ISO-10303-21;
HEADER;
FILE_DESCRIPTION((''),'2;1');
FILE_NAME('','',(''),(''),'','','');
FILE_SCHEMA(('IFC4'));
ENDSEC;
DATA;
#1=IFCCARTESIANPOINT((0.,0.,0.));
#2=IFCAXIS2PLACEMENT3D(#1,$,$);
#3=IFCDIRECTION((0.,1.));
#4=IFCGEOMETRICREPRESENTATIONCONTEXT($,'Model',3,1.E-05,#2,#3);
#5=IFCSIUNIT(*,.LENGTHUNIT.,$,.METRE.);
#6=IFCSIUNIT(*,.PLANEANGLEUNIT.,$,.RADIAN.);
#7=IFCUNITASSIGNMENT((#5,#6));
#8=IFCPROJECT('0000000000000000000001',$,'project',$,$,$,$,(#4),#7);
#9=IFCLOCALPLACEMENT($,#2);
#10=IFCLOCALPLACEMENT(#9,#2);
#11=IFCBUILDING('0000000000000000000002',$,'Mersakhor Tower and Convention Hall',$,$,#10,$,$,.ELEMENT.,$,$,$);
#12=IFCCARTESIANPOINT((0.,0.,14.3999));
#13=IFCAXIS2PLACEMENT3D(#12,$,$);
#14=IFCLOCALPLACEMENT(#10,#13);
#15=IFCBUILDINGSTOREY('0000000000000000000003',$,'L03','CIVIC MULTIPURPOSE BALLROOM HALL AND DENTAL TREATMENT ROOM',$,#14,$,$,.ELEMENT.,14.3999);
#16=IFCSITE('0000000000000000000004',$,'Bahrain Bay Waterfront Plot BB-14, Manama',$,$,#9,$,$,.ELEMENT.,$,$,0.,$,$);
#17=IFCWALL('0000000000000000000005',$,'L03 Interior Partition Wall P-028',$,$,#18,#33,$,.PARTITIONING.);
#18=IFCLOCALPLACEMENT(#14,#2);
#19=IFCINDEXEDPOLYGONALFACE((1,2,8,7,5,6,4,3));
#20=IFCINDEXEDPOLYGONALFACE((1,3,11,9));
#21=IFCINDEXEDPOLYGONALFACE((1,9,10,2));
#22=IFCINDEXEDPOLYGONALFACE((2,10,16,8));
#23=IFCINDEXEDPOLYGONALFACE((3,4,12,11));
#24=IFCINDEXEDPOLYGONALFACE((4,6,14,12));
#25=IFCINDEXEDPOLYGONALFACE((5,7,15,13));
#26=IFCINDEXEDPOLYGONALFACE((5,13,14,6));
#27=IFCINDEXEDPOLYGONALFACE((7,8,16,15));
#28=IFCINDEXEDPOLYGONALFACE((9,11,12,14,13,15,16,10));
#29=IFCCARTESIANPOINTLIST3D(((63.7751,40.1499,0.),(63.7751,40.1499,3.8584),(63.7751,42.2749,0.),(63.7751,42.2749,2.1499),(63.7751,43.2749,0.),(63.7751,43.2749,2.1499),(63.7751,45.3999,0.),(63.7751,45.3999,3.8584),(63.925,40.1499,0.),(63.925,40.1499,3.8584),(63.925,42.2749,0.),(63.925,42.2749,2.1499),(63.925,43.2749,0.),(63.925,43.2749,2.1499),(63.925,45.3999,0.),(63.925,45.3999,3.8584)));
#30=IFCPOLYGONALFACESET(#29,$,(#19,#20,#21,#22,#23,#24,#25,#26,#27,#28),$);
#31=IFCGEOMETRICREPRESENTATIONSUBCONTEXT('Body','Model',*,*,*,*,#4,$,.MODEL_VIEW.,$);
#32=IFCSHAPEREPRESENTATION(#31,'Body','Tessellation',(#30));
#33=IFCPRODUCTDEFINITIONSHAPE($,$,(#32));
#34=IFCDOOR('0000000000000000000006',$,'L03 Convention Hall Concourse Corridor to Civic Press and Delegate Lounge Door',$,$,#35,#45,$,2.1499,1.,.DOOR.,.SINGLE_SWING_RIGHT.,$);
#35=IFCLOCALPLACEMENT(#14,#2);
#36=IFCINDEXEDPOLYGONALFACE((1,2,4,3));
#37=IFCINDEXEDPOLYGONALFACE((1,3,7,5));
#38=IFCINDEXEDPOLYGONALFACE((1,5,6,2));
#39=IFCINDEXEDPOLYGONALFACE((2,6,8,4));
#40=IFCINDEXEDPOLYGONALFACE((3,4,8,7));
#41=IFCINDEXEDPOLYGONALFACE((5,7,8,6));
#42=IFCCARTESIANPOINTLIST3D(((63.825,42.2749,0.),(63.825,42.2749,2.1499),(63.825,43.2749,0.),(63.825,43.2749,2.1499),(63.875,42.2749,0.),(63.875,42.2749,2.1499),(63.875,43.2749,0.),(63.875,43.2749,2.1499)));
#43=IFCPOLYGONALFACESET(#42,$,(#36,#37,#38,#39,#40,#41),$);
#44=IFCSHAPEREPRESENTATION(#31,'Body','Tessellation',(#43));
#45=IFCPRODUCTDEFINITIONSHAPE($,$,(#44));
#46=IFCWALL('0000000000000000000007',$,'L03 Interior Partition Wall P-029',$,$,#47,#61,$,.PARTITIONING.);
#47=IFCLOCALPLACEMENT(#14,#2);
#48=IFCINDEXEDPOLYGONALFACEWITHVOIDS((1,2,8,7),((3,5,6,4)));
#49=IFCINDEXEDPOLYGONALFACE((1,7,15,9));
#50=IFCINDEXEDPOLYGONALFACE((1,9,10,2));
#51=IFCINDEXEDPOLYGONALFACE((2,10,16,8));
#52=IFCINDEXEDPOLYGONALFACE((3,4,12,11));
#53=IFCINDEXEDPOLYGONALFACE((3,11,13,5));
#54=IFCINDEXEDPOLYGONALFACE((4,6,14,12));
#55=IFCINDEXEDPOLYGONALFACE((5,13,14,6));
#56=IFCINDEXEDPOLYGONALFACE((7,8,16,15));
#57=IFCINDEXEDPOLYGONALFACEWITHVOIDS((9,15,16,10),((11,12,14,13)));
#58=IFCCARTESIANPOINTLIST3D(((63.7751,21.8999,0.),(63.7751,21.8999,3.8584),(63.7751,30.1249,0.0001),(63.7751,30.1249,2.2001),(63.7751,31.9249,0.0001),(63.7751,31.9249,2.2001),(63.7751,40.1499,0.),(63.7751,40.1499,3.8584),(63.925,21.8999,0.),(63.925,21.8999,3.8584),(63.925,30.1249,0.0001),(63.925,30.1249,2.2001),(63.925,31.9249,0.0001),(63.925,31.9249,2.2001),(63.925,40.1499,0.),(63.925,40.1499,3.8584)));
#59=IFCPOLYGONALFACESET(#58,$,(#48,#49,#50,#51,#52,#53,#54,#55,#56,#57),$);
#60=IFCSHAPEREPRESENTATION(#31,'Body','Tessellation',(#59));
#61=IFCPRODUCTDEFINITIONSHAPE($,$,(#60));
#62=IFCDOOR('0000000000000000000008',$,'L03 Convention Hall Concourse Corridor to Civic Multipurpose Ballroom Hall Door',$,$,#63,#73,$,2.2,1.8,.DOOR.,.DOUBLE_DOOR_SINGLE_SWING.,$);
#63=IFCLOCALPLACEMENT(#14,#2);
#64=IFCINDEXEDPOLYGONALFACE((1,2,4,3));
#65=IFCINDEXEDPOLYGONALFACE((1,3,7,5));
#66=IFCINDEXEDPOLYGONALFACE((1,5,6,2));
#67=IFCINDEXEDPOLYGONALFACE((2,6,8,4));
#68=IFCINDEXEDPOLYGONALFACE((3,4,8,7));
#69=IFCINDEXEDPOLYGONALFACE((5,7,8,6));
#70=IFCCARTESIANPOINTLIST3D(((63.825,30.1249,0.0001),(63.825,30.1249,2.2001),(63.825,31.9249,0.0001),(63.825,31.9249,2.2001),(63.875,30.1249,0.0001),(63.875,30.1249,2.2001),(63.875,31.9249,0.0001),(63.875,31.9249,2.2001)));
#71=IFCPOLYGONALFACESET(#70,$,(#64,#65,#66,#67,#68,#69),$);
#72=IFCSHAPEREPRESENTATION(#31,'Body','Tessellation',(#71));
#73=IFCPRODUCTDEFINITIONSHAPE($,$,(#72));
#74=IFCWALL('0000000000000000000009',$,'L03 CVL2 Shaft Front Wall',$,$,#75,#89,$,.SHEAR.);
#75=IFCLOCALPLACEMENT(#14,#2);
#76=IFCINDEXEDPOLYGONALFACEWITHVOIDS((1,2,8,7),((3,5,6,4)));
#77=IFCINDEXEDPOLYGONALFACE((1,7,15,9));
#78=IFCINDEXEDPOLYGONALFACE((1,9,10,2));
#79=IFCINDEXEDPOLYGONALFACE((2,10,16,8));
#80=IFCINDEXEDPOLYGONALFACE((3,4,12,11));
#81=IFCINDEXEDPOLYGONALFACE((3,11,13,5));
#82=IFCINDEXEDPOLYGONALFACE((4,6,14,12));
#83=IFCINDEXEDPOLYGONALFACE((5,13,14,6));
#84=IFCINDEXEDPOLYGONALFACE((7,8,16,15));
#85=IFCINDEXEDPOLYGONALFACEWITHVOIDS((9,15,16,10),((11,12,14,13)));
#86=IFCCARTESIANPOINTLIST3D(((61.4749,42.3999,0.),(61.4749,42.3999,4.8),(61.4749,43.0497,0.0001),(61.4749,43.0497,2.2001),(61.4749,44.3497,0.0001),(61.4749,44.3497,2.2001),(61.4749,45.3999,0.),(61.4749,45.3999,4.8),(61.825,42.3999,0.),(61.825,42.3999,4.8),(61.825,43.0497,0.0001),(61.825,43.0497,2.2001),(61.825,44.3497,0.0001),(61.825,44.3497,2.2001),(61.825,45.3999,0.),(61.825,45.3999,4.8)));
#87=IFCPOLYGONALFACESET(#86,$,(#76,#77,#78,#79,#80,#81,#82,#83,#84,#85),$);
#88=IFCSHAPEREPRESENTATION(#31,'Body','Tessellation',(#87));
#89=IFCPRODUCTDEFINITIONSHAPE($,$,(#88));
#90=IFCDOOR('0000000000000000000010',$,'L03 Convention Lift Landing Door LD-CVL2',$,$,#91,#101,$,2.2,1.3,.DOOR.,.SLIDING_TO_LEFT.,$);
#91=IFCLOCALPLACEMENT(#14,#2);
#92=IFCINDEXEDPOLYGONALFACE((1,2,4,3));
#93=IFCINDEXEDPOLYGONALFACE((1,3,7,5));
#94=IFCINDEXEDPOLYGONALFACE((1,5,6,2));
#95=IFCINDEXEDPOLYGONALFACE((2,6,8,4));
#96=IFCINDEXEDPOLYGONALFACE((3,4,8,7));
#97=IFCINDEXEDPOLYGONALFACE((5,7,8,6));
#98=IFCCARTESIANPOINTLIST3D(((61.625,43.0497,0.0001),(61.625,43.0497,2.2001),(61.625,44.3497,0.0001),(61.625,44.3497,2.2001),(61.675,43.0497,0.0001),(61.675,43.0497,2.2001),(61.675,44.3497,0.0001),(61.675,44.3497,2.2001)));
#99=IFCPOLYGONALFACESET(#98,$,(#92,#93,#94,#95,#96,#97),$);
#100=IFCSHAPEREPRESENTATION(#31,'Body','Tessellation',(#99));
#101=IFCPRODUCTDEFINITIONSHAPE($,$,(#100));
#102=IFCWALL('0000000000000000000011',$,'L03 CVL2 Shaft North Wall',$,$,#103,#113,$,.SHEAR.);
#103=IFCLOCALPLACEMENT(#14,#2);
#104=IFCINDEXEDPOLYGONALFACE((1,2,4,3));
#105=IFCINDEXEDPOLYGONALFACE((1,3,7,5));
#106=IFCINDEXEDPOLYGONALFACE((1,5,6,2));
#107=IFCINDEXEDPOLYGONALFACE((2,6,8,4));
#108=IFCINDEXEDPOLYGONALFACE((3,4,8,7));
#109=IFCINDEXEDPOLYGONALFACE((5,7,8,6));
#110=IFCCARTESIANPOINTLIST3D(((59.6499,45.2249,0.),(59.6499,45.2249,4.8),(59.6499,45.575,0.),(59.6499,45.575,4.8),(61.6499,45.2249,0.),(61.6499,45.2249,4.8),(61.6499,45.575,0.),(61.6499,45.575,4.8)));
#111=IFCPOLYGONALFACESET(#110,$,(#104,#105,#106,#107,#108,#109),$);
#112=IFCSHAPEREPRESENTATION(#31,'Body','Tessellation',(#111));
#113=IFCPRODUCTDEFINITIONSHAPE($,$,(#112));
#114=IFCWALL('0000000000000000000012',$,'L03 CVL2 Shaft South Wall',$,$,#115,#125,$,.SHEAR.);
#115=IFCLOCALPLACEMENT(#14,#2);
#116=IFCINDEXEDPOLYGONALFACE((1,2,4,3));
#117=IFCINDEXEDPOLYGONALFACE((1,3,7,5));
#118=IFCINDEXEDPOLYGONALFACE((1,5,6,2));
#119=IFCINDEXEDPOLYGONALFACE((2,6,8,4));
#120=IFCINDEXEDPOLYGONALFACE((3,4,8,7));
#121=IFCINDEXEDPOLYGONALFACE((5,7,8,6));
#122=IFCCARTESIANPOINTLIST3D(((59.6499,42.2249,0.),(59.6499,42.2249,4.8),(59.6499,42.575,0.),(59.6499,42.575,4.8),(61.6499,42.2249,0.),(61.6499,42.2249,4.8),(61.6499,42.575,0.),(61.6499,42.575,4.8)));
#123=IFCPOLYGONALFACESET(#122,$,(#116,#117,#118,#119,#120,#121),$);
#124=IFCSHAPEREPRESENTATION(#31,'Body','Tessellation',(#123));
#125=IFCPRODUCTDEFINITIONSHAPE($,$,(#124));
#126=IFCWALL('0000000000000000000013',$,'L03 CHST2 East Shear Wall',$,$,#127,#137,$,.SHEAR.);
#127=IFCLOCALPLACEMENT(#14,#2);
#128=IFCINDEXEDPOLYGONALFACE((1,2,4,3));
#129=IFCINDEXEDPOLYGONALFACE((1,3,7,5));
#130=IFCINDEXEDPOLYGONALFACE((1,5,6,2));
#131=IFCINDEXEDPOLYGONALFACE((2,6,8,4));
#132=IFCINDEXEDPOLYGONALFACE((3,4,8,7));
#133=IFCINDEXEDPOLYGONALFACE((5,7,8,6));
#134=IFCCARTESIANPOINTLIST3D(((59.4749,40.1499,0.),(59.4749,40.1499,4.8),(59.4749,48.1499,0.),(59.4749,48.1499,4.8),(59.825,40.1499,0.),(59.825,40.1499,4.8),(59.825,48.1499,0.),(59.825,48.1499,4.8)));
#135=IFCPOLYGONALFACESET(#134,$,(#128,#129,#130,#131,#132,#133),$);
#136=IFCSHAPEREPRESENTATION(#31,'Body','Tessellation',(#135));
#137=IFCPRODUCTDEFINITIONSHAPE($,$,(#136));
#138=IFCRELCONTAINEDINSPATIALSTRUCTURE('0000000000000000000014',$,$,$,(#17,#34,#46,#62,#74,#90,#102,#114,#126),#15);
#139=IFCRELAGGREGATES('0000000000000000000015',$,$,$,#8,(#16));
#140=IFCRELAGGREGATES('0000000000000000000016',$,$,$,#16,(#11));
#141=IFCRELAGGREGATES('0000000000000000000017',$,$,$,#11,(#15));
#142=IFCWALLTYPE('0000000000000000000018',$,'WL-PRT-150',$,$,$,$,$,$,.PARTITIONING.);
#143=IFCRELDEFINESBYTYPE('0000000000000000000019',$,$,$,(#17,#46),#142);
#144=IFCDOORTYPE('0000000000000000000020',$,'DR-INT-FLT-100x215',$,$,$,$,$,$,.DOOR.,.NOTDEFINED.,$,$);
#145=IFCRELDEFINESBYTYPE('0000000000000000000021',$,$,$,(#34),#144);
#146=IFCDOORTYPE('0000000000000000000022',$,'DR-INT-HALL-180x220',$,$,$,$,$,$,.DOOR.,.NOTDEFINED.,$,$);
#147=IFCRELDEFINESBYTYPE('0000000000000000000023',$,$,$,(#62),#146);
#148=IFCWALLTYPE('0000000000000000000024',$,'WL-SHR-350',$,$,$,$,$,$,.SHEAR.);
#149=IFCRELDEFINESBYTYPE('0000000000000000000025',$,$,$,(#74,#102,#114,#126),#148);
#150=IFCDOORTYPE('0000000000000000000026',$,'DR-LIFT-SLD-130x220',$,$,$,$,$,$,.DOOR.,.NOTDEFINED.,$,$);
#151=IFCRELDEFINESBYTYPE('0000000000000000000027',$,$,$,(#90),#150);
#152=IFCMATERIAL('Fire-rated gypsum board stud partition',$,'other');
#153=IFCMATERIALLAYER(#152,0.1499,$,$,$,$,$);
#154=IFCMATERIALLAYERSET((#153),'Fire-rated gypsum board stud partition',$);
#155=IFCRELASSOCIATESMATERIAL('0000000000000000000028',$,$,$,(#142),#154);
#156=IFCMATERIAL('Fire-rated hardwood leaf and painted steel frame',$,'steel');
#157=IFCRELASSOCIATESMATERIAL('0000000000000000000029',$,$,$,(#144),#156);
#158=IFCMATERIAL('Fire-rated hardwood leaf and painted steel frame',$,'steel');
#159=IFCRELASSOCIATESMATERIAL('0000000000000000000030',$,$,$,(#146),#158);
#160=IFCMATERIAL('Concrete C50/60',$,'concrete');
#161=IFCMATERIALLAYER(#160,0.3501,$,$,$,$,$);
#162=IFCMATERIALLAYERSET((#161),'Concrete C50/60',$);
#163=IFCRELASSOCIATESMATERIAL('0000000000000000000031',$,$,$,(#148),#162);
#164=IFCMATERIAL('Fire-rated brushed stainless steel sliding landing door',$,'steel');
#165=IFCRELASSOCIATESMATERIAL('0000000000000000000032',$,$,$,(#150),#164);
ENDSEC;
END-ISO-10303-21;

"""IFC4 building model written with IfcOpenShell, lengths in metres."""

from ifc_helpers import new_model, si_unit, direction, frame, frame_2d, origin, place, context, subcontext, project, spatial, rectangle, extrude, material, layer, layer_set, type_object, element, fill, save


model = new_model("IFC4")

# Units and contexts
model_context = context("Model", 3, precision=1e-05, world=origin(), true_north=direction((0.0, 1.0)))
body_context = subcontext(model_context, "Body", "Model", "MODEL_VIEW")
ifc_project = project(units=[si_unit("LENGTHUNIT", "METRE"), si_unit("PLANEANGLEUNIT", "RADIAN")], contexts=[model_context])

# Site, building, storey
site_placement = place(None, origin())
site = spatial("IfcSite", under=ifc_project, at=site_placement, Name="Bahrain Bay Waterfront Plot BB-14, Manama", CompositionType="ELEMENT", RefElevation=0.0)
building_placement = place(site_placement, origin())
building = spatial("IfcBuilding", under=site, at=building_placement, Name="Mersakhor Tower and Convention Hall", CompositionType="ELEMENT")
storey_placement = place(building_placement, frame((0.0, 0.0, 14.3999)))
storey = spatial("IfcBuildingStorey", under=building, at=storey_placement, Name="L03", Description="CIVIC MULTIPURPOSE BALLROOM HALL AND DENTAL TREATMENT ROOM", CompositionType="ELEMENT", Elevation=14.3999)

# Shared definitions
ifc_material_1 = material(Name="Fire-rated gypsum board stud partition", Category="other")
ifc_layer_1 = layer(ifc_material_1, 0.1499)
ifc_layer_set_1 = layer_set([ifc_layer_1], Name="Fire-rated gypsum board stud partition")
wall_type_1 = type_object("IfcWallType", Name="WL-PRT-150", PredefinedType="PARTITIONING", material=ifc_layer_set_1)

# Walls, openings, doors
wall_1_placement = place(storey_placement, frame((63.8501, 45.3999, 0.0), z_axis=(0.0, 0.0, 1.0), x_axis=(0.0, -1.0, 0.0)))
wall_1 = element("IfcWall", 1, at=wall_1_placement, inside=storey, type_object=wall_type_1, Name="L03 Interior Partition Wall P-028", PredefinedType="PARTITIONING", context=body_context, shape_type="SweptSolid", body=[
    extrude(rectangle(XDim=5.25, YDim=0.1499, at=frame_2d((2.625, 0.0))), origin(), (0.0, 0.0, 1.0), 3.8584),
])
opening_1_placement = place(wall_1_placement, frame((2.125, 0.0, 0.0)))
opening_1 = element("IfcOpeningElement", 2, at=opening_1_placement, cuts=wall_1, PredefinedType="OPENING", context=body_context, shape_type="SweptSolid", body=[
    extrude(rectangle(XDim=1.0, YDim=2.1499, at=frame_2d((0.5, 1.075))), frame((0.0, 0.085, 0.0), z_axis=(0.0, -1.0, 0.0), x_axis=(1.0, 0.0, 0.0)), (0.0, 0.0, 1.0), 0.1699),
])
ifc_material_2 = material(Name="Fire-rated hardwood leaf and painted steel frame", Category="steel")
door_type_1 = type_object("IfcDoorType", Name="DR-INT-FLT-100x215", OperationType="NOTDEFINED", PredefinedType="DOOR", material=ifc_material_2)
door_1_placement = place(opening_1_placement, origin())
door_1 = element("IfcDoor", 3, at=door_1_placement, inside=storey, type_object=door_type_1, Name="L03 Convention Hall Concourse Corridor to Civic Press and Delegate Lounge Door", OperationType="SINGLE_SWING_RIGHT", OverallHeight=2.1499, OverallWidth=1.0, PredefinedType="DOOR", context=body_context, shape_type="SweptSolid", body=[
    extrude(rectangle(XDim=1.0, YDim=2.1499, at=frame_2d((0.5, 1.075))), frame((0.0, 0.0249, 0.0), z_axis=(0.0, -1.0, 0.0), x_axis=(1.0, 0.0, 0.0)), (0.0, 0.0, 1.0), 0.05),
])
fill(opening_1, door_1)
wall_2_placement = place(storey_placement, frame((63.8501, 40.1499, 0.0), z_axis=(0.0, 0.0, 1.0), x_axis=(0.0, -1.0, 0.0)))
wall_2 = element("IfcWall", 4, at=wall_2_placement, inside=storey, type_object=wall_type_1, Name="L03 Interior Partition Wall P-029", PredefinedType="PARTITIONING", context=body_context, shape_type="SweptSolid", body=[
    extrude(rectangle(XDim=18.25, YDim=0.1499, at=frame_2d((9.125, 0.0))), origin(), (0.0, 0.0, 1.0), 3.8584),
])
opening_2_placement = place(wall_2_placement, frame((8.2251, 0.0, 0.0)))
opening_2 = element("IfcOpeningElement", 5, at=opening_2_placement, cuts=wall_2, PredefinedType="OPENING", context=body_context, shape_type="SweptSolid", body=[
    extrude(rectangle(XDim=1.8, YDim=2.2, at=frame_2d((0.8999, 1.1001))), frame((0.0, 0.085, 0.0), z_axis=(0.0, -1.0, 0.0), x_axis=(1.0, 0.0, 0.0)), (0.0, 0.0, 1.0), 0.1699),
])
ifc_material_3 = material(Name="Fire-rated hardwood leaf and painted steel frame", Category="steel")
door_type_2 = type_object("IfcDoorType", Name="DR-INT-HALL-180x220", OperationType="NOTDEFINED", PredefinedType="DOOR", material=ifc_material_3)
door_2_placement = place(opening_2_placement, origin())
door_2 = element("IfcDoor", 6, at=door_2_placement, inside=storey, type_object=door_type_2, Name="L03 Convention Hall Concourse Corridor to Civic Multipurpose Ballroom Hall Door", OperationType="DOUBLE_DOOR_SINGLE_SWING", OverallHeight=2.2, OverallWidth=1.8, PredefinedType="DOOR", context=body_context, shape_type="SweptSolid", body=[
    extrude(rectangle(XDim=1.8, YDim=2.2, at=frame_2d((0.8999, 1.1001))), frame((0.0, 0.0249, 0.0), z_axis=(0.0, -1.0, 0.0), x_axis=(1.0, 0.0, 0.0)), (0.0, 0.0, 1.0), 0.05),
])
fill(opening_2, door_2)
ifc_material_4 = material(Name="Concrete C50/60", Category="concrete")
ifc_layer_2 = layer(ifc_material_4, 0.3501)
ifc_layer_set_2 = layer_set([ifc_layer_2], Name="Concrete C50/60")
wall_type_2 = type_object("IfcWallType", Name="WL-SHR-350", PredefinedType="SHEAR", material=ifc_layer_set_2)
wall_3_placement = place(storey_placement, frame((61.6499, 42.3999, 0.0), z_axis=(0.0, 0.0, 1.0), x_axis=(0.0, 1.0, 0.0)))
wall_3 = element("IfcWall", 7, at=wall_3_placement, inside=storey, type_object=wall_type_2, Name="L03 CVL2 Shaft Front Wall", PredefinedType="SHEAR", context=body_context, shape_type="SweptSolid", body=[
    extrude(rectangle(XDim=3.0, YDim=0.3501, at=frame_2d((1.5, 0.0))), origin(), (0.0, 0.0, 1.0), 4.8),
])
opening_3_placement = place(wall_3_placement, frame((0.6499, 0.0, 0.0)))
opening_3 = element("IfcOpeningElement", 8, at=opening_3_placement, cuts=wall_3, PredefinedType="OPENING", context=body_context, shape_type="SweptSolid", body=[
    extrude(rectangle(XDim=1.3, YDim=2.2, at=frame_2d((0.6499, 1.1001))), frame((0.0, 0.1851, 0.0), z_axis=(0.0, -1.0, 0.0), x_axis=(1.0, 0.0, 0.0)), (0.0, 0.0, 1.0), 0.3701),
])
ifc_material_5 = material(Name="Fire-rated brushed stainless steel sliding landing door", Category="steel")
door_type_3 = type_object("IfcDoorType", Name="DR-LIFT-SLD-130x220", OperationType="NOTDEFINED", PredefinedType="DOOR", material=ifc_material_5)
door_3_placement = place(opening_3_placement, origin())
door_3 = element("IfcDoor", 9, at=door_3_placement, inside=storey, type_object=door_type_3, Name="L03 Convention Lift Landing Door LD-CVL2", OperationType="SLIDING_TO_LEFT", OverallHeight=2.2, OverallWidth=1.3, PredefinedType="DOOR", context=body_context, shape_type="SweptSolid", body=[
    extrude(rectangle(XDim=1.3, YDim=2.2, at=frame_2d((0.6499, 1.1001))), frame((0.0, 0.0249, 0.0), z_axis=(0.0, -1.0, 0.0), x_axis=(1.0, 0.0, 0.0)), (0.0, 0.0, 1.0), 0.05),
])
fill(opening_3, door_3)

# Walls
for number, where, z_axis, x_axis, name in (
    (10, (59.6499, 45.3999, 0.0), (0.0, 0.0, 1.0), (1.0, 0.0, 0.0), "L03 CVL2 Shaft North Wall"),
    (11, (59.6499, 42.3999, 0.0), (0.0, 0.0, 1.0), (1.0, 0.0, 0.0), "L03 CVL2 Shaft South Wall"),
):
    element("IfcWall", number, at=place(storey_placement, frame(where, z_axis=z_axis, x_axis=x_axis)), inside=storey, type_object=wall_type_2, Name=name, PredefinedType="SHEAR", context=body_context, shape_type="SweptSolid", body=[
        extrude(rectangle(XDim=2.0, YDim=0.3501, at=frame_2d((1.0, 0.0))), origin(), (0.0, 0.0, 1.0), 4.8),
    ])
wall_4_placement = place(storey_placement, frame((59.6499, 48.1499, 0.0), z_axis=(0.0, 0.0, 1.0), x_axis=(0.0, -1.0, 0.0)))
element("IfcWall", 12, at=wall_4_placement, inside=storey, type_object=wall_type_2, Name="L03 CHST2 East Shear Wall", PredefinedType="SHEAR", context=body_context, shape_type="SweptSolid", body=[
    extrude(rectangle(XDim=8.0, YDim=0.3501, at=frame_2d((4.0, 0.0))), origin(), (0.0, 0.0, 1.0), 4.8),
])

save(model, "model.ifc")
